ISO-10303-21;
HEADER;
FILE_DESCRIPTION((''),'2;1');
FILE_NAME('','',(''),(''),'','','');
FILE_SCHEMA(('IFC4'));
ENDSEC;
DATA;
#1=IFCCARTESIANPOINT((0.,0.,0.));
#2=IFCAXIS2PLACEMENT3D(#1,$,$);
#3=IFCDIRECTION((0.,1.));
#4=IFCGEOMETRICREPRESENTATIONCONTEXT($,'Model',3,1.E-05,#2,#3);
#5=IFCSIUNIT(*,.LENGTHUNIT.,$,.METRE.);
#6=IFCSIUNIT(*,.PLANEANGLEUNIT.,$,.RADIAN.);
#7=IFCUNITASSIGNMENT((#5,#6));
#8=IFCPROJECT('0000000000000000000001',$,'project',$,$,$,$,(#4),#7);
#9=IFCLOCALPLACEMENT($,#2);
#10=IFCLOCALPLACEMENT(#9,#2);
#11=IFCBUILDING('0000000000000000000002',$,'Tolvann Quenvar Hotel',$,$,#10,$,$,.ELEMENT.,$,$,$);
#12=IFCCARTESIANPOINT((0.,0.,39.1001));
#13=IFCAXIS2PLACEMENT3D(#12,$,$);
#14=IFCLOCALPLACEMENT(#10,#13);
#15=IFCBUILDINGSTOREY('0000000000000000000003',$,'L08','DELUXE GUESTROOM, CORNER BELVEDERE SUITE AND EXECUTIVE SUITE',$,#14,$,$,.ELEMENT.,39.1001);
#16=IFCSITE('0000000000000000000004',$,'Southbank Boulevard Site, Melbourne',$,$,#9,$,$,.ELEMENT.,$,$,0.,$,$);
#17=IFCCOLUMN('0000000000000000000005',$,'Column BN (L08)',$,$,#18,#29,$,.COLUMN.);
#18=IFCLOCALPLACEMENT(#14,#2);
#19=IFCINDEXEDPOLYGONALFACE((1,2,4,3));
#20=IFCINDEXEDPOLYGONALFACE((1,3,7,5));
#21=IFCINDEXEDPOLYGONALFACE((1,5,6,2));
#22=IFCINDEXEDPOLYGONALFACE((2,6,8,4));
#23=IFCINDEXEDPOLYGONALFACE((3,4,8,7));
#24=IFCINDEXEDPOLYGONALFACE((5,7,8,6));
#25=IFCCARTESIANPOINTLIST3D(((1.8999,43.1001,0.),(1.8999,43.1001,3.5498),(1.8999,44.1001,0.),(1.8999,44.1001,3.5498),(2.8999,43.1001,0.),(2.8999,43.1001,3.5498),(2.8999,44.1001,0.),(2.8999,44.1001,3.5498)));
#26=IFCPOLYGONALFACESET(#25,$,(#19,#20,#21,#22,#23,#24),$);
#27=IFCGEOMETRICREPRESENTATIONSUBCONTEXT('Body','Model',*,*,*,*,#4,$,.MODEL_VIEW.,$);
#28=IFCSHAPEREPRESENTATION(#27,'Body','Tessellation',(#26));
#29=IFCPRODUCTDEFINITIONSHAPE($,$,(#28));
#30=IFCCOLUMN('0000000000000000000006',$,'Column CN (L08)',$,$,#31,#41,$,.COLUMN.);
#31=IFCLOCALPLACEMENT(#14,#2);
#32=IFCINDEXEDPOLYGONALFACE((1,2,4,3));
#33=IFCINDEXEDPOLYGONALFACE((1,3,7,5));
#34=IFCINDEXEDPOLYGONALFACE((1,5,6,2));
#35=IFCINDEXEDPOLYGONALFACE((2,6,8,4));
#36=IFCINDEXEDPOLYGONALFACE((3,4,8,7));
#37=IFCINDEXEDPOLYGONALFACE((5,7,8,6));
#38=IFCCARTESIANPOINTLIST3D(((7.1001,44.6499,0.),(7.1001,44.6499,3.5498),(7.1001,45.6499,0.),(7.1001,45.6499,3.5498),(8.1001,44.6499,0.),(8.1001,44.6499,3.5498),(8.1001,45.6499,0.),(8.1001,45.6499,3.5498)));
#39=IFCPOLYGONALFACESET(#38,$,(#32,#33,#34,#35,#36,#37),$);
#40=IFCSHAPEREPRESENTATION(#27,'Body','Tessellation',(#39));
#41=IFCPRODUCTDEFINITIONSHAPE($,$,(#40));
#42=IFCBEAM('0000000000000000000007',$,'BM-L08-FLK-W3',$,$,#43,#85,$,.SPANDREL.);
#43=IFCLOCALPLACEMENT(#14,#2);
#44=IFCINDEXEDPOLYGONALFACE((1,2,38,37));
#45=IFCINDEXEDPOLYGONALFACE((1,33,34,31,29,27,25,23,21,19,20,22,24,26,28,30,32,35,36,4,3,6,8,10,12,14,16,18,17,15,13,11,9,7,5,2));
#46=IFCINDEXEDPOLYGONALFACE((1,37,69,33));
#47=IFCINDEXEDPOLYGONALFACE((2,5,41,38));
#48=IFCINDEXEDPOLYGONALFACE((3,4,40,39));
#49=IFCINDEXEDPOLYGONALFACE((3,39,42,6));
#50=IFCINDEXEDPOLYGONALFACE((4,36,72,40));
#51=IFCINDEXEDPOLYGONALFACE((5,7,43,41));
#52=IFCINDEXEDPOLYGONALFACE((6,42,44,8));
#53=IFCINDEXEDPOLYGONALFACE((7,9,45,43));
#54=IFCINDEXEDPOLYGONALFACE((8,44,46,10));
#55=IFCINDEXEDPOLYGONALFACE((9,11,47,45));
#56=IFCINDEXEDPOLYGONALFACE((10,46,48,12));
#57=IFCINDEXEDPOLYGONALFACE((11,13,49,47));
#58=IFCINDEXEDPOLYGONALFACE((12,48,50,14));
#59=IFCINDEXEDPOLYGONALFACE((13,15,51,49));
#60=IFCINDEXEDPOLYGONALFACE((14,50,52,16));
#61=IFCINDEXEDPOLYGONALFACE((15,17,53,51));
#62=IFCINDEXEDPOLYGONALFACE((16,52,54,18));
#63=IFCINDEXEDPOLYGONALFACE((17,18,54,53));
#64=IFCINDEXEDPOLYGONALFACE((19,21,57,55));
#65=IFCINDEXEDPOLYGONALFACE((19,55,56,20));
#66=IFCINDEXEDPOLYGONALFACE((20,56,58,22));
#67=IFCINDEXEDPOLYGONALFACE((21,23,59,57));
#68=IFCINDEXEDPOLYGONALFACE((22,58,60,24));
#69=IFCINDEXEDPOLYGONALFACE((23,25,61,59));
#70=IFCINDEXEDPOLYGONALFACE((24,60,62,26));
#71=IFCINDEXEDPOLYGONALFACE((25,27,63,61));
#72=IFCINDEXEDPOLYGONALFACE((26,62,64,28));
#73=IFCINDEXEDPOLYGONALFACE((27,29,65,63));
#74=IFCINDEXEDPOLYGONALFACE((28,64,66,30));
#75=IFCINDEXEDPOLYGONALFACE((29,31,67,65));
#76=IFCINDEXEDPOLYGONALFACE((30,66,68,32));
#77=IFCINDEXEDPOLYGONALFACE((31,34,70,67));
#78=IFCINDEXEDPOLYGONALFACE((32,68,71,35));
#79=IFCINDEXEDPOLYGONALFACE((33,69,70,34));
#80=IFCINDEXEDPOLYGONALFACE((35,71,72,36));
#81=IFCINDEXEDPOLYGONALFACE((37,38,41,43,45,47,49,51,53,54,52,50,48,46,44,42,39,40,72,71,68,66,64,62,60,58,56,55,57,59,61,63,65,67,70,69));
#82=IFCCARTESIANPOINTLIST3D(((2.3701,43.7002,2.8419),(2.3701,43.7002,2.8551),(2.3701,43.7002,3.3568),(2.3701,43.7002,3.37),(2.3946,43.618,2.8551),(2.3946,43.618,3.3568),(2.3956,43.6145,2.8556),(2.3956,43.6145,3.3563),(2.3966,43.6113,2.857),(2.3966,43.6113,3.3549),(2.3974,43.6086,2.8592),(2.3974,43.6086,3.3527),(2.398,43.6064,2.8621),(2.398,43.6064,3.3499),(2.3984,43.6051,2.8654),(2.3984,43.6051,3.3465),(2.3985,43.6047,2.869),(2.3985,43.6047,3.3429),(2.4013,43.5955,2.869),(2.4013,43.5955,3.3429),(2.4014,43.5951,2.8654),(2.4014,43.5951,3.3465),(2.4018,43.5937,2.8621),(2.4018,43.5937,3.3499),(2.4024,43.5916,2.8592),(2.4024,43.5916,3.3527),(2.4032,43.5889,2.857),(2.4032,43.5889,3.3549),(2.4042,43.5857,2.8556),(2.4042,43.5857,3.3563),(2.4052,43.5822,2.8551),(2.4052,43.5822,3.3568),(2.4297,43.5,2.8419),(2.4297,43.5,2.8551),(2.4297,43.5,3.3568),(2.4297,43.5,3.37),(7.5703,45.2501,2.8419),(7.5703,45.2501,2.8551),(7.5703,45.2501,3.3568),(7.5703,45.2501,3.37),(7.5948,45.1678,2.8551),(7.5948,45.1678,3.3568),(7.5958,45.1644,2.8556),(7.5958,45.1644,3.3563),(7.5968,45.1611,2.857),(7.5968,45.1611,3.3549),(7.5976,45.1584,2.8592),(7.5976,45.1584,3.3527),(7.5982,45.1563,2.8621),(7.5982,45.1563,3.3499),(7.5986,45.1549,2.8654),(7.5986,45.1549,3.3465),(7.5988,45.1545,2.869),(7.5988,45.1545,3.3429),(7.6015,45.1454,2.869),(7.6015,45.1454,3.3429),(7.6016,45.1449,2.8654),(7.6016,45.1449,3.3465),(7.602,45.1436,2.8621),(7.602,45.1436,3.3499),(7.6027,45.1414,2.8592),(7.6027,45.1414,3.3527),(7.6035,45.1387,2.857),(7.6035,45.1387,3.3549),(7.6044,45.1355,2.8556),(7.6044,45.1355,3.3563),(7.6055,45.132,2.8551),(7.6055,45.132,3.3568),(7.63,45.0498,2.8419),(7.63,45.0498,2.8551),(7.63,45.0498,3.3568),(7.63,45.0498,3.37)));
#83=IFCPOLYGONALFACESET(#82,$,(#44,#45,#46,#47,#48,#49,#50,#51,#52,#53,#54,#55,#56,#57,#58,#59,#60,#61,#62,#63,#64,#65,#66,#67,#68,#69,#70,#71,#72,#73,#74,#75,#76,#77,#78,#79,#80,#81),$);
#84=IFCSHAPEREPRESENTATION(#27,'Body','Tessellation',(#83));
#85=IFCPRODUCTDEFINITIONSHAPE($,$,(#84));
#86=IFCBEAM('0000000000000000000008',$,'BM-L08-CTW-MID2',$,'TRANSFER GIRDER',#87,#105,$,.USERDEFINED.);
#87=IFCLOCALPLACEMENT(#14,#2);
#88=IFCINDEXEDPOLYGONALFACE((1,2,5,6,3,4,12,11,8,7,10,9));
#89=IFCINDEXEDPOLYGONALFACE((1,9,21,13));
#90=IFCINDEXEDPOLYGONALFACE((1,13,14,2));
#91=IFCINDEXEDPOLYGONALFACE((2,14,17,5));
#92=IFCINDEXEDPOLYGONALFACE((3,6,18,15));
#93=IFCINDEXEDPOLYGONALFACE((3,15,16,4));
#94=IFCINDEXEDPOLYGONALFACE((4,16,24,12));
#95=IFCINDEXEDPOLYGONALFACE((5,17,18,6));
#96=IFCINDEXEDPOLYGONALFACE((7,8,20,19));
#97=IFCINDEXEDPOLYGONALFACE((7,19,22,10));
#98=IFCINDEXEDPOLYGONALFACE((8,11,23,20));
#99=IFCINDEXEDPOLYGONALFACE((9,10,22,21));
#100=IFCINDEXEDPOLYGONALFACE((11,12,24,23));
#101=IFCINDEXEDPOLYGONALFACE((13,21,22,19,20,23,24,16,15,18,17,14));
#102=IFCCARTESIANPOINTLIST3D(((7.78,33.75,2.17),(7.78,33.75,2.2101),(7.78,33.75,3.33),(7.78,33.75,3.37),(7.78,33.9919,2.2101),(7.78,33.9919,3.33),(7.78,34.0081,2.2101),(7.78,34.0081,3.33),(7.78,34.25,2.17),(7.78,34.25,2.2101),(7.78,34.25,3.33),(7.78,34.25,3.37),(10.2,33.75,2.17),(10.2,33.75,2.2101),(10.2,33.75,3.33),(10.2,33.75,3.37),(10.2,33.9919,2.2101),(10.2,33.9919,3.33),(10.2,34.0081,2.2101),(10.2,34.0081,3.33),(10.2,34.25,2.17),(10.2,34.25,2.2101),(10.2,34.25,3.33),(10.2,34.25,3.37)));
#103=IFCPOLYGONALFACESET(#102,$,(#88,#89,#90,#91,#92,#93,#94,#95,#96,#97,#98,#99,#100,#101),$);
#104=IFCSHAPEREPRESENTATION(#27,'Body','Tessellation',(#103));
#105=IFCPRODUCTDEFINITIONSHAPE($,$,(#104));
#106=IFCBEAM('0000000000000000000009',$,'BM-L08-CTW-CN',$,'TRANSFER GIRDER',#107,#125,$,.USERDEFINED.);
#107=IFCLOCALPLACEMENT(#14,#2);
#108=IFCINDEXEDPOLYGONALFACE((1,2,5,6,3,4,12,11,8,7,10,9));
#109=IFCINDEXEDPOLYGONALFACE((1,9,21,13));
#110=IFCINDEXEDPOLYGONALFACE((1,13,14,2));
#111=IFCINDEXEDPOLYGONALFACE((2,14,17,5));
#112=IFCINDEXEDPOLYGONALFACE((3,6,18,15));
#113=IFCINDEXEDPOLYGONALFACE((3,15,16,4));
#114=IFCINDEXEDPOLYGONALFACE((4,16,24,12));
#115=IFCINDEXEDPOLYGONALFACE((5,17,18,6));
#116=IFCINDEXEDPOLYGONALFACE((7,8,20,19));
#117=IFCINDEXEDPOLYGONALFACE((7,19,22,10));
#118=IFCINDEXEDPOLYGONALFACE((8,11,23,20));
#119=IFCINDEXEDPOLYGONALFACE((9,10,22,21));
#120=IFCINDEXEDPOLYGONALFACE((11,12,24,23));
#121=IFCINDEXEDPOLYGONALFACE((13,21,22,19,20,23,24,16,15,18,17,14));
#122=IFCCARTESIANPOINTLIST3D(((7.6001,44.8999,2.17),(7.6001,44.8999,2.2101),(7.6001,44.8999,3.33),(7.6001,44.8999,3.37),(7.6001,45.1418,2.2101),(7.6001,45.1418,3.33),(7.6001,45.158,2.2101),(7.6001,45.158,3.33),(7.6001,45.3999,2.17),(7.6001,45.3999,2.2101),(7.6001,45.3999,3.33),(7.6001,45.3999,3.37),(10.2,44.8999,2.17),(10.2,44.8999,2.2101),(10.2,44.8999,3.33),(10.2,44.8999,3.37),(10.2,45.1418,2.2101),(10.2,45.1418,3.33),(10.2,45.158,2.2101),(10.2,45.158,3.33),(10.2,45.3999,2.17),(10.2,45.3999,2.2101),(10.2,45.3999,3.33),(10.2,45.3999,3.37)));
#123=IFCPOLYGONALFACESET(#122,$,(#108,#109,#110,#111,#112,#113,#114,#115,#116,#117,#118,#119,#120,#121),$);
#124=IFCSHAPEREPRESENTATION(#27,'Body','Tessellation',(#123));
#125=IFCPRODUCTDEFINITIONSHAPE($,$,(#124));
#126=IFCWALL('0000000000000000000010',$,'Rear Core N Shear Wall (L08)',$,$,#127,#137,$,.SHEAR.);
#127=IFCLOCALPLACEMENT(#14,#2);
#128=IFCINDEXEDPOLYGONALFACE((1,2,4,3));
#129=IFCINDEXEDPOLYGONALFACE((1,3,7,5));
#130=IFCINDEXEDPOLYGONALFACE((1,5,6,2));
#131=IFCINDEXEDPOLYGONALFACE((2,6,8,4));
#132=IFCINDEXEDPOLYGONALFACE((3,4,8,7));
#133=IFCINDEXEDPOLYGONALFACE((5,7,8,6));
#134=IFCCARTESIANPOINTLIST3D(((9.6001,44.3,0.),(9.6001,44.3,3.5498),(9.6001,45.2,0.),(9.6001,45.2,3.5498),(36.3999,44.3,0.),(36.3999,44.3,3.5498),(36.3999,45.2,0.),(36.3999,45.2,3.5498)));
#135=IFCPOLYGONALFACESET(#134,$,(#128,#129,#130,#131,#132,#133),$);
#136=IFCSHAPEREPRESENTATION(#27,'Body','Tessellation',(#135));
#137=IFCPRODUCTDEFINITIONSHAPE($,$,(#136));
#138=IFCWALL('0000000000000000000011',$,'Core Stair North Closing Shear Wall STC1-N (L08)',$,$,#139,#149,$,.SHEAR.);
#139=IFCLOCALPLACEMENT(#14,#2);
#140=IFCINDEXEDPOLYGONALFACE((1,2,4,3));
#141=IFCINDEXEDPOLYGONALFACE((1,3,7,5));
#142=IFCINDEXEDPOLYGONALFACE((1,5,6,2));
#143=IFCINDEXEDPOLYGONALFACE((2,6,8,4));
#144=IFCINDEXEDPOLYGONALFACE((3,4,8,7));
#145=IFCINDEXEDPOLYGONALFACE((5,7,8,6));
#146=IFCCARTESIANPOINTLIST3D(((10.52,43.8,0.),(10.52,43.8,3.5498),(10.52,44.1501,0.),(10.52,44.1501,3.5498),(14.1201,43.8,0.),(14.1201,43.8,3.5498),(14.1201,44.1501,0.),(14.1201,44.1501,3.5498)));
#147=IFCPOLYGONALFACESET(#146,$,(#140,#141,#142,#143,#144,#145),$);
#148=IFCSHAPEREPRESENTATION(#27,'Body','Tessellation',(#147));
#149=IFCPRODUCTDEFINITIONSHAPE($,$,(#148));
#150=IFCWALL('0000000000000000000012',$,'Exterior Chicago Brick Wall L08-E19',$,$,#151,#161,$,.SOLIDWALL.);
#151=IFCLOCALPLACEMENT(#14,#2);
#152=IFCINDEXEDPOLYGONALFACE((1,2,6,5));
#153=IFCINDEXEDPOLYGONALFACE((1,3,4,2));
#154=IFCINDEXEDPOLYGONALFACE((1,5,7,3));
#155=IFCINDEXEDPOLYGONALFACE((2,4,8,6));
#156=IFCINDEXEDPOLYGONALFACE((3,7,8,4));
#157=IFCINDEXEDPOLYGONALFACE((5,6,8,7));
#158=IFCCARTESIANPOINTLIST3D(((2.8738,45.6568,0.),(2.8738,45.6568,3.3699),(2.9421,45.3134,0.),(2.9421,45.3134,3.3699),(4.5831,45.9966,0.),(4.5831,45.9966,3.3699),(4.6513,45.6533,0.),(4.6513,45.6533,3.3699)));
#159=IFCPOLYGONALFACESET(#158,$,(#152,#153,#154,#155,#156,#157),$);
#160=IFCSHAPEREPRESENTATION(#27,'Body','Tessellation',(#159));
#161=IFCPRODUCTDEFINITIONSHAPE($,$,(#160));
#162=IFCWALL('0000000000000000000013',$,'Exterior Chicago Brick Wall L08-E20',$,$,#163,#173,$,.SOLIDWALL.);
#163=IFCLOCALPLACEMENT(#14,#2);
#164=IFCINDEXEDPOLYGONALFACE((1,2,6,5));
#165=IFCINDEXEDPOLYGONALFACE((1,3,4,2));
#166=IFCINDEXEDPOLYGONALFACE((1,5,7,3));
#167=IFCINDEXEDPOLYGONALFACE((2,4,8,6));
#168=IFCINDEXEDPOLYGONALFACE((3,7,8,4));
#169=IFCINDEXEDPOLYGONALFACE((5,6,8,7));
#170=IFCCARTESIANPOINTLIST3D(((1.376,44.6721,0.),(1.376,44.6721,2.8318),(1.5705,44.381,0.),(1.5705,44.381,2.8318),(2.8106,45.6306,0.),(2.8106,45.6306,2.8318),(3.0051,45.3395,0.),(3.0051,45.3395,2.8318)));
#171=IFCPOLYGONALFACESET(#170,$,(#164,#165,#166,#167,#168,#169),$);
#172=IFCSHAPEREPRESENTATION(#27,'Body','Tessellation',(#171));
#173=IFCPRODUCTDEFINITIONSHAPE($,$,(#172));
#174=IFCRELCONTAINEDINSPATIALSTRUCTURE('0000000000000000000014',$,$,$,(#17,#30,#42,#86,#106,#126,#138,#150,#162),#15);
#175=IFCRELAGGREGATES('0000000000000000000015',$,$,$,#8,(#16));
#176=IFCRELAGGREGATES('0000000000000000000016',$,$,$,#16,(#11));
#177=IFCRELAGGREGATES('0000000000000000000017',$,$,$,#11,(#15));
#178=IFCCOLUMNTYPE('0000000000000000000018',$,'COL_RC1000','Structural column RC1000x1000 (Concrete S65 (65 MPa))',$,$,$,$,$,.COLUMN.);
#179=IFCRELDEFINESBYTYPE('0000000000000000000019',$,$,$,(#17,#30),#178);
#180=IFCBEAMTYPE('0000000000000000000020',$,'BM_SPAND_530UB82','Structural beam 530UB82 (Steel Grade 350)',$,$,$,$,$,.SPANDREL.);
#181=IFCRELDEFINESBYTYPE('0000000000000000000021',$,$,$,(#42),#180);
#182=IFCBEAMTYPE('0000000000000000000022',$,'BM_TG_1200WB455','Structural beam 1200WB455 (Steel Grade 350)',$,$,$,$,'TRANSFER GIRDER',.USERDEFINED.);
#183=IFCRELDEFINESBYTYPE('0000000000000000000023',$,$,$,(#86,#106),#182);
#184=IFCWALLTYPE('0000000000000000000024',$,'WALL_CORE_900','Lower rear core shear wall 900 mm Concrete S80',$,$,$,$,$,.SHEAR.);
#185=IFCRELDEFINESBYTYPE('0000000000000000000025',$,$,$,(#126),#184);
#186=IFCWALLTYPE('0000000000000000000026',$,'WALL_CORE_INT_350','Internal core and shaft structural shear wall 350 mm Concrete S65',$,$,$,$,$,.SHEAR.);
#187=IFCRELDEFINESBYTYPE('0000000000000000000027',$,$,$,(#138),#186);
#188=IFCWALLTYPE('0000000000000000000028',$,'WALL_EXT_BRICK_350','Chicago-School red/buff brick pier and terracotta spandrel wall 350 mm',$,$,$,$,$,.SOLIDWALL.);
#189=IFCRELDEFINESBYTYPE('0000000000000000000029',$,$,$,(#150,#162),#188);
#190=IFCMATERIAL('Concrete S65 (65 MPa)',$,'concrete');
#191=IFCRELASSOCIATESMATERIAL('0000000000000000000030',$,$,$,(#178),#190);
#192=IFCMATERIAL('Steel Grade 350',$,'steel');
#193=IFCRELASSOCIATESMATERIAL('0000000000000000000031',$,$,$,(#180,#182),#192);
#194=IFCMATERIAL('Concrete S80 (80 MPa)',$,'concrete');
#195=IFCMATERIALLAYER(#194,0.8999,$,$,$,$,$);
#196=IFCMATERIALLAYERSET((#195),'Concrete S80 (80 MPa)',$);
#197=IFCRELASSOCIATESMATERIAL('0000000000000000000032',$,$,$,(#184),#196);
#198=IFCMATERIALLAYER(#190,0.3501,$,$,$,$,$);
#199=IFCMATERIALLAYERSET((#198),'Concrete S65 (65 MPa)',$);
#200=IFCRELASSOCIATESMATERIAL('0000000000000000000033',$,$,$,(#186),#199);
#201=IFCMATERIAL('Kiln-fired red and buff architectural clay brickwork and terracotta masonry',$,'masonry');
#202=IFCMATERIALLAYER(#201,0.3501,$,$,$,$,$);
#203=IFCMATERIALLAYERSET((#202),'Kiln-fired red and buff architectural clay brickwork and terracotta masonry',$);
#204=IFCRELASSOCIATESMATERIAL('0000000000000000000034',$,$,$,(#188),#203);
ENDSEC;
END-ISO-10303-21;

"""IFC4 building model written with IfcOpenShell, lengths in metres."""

from ifc_helpers import new_model, si_unit, direction, frame, frame_2d, origin, origin_2d, place, context, subcontext, project, spatial, rectangle, i_section, extrude, source, transform, mapped, material, layer, layer_set, material_profile, profile_set, type_object, type_shapes, element, save


model = new_model("IFC4")

# Units and contexts
model_context = context("Model", 3, precision=1e-05, world=origin(), true_north=direction((0.0, 1.0)))
body_context = subcontext(model_context, "Body", "Model", "MODEL_VIEW")
ifc_project = project(units=[si_unit("LENGTHUNIT", "METRE"), si_unit("PLANEANGLEUNIT", "RADIAN")], contexts=[model_context])

# Site, building, storey
site_placement = place(None, origin())
site = spatial("IfcSite", under=ifc_project, at=site_placement, Name="Southbank Boulevard Site, Melbourne", CompositionType="ELEMENT", RefElevation=0.0)
building_placement = place(site_placement, origin())
building = spatial("IfcBuilding", under=site, at=building_placement, Name="Tolvann Quenvar Hotel", CompositionType="ELEMENT")
storey_placement = place(building_placement, frame((0.0, 0.0, 39.1001)))
storey = spatial("IfcBuildingStorey", under=building, at=storey_placement, Name="L08", Description="DELUXE GUESTROOM, CORNER BELVEDERE SUITE AND EXECUTIVE SUITE", CompositionType="ELEMENT", Elevation=39.1001)

# Columns
ifc_material_1 = material(Name="Concrete S65 (65 MPa)", Category="concrete")
ifc_material_profile_1 = material_profile(ifc_material_1, rectangle(XDim=1.0, YDim=1.0, at=origin_2d()), Name="RC1000x1000")
ifc_profile_set_1 = profile_set([ifc_material_profile_1], Name="Concrete S65 (65 MPa)")
column_type = type_object("IfcColumnType", Name="COL_RC1000", Description="Structural column RC1000x1000 (Concrete S65 (65 MPa))", PredefinedType="COLUMN", material=ifc_profile_set_1)
shared_shape_1 = source(origin(), body_context, "Body", "SweptSolid", [
    extrude(rectangle(XDim=1.0, YDim=1.0, at=origin_2d()), origin(), (0.0, 0.0, 1.0), 3.5498),
])
type_shapes(column_type, [shared_shape_1])
for number, where, z_axis, x_axis, name in (
    (1, (2.3999, 43.6001, 0.0), (0.0, 0.0, 1.0), (1.0, 0.0, 0.0), "Column BN (L08)"),
    (2, (7.6001, 45.1499, 0.0), (0.0, 0.0, 1.0), (1.0, 0.0, 0.0), "Column CN (L08)"),
):
    element("IfcColumn", number, at=place(storey_placement, frame(where, z_axis=z_axis, x_axis=x_axis)), inside=storey, type_object=column_type, Name=name, PredefinedType="COLUMN", context=body_context, shape_type="MappedRepresentation", body=[
        mapped(shared_shape_1, transform((0.0, 0.0, 0.0), x_axis=(1.0, 0.0, 0.0), y_axis=(0.0, 1.0, 0.0), z_axis=(0.0, 0.0, 1.0), scale=1.0)),
    ])

# Beams
ifc_material_2 = material(Name="Steel Grade 350", Category="steel")
ifc_material_profile_2 = material_profile(ifc_material_2, i_section(OverallWidth=0.209, OverallDepth=0.5281, WebThickness=0.0095, FlangeThickness=0.0132, FilletRadius=0.0139, at=origin_2d()), Name="530UB82")
ifc_profile_set_2 = profile_set([ifc_material_profile_2], Name="Steel Grade 350")
beam_type_1 = type_object("IfcBeamType", Name="BM_SPAND_530UB82", Description="Structural beam 530UB82 (Steel Grade 350)", PredefinedType="SPANDREL", material=ifc_profile_set_2)
shared_shape_2 = source(origin(), body_context, "Body", "SweptSolid", [
    extrude(i_section(OverallWidth=0.209, OverallDepth=0.5281, WebThickness=0.0095, FlangeThickness=0.0132, FilletRadius=0.0139, at=origin_2d()), origin(), (0.0, 0.0, 1.0), 5.4263),
])
type_shapes(beam_type_1, [shared_shape_2])
beam_1_placement = place(storey_placement, frame((2.3999, 43.6001, 3.106), z_axis=(0.958345, 0.285614, 0.0), x_axis=(-0.285614, 0.958345, 0.0)))
element("IfcBeam", 3, at=beam_1_placement, inside=storey, type_object=beam_type_1, Name="BM-L08-FLK-W3", PredefinedType="SPANDREL", context=body_context, shape_type="MappedRepresentation", body=[
    mapped(shared_shape_2, transform((0.0, 0.0, 0.0), x_axis=(1.0, 0.0, 0.0), y_axis=(0.0, 1.0, 0.0), z_axis=(0.0, 0.0, 1.0), scale=1.0)),
])
ifc_material_profile_3 = material_profile(ifc_material_2, i_section(OverallWidth=0.5, OverallDepth=1.2, WebThickness=0.0161, FlangeThickness=0.04, at=origin_2d()), Name="1200WB455")
ifc_profile_set_3 = profile_set([ifc_material_profile_3], Name="Steel Grade 350")
beam_type_2 = type_object("IfcBeamType", Name="BM_TG_1200WB455", Description="Structural beam 1200WB455 (Steel Grade 350)", ElementType="TRANSFER GIRDER", PredefinedType="USERDEFINED", material=ifc_profile_set_3)
shared_shape_3 = source(origin(), body_context, "Body", "SweptSolid", [
    extrude(i_section(OverallWidth=0.5, OverallDepth=1.2, WebThickness=0.0161, FlangeThickness=0.04, at=origin_2d()), origin(), (0.0, 0.0, 1.0), 2.4199),
])
beam_2_placement = place(storey_placement, frame((7.78, 34.0, 2.77), z_axis=(1.0, 0.0, 0.0), x_axis=(0.0, 1.0, 0.0)))
element("IfcBeam", 4, at=beam_2_placement, inside=storey, type_object=beam_type_2, Name="BM-L08-CTW-MID2", ObjectType="TRANSFER GIRDER", PredefinedType="USERDEFINED", context=body_context, shape_type="MappedRepresentation", body=[
    mapped(shared_shape_3, transform((0.0, 0.0, 0.0), x_axis=(1.0, 0.0, 0.0), y_axis=(0.0, 1.0, 0.0), z_axis=(0.0, 0.0, 1.0), scale=1.0)),
])
shared_shape_4 = source(origin(), body_context, "Body", "SweptSolid", [
    extrude(i_section(OverallWidth=0.5, OverallDepth=1.2, WebThickness=0.0161, FlangeThickness=0.04, at=origin_2d()), origin(), (0.0, 0.0, 1.0), 2.5999),
])
type_shapes(beam_type_2, [shared_shape_3, shared_shape_4])
beam_3_placement = place(storey_placement, frame((7.6001, 45.1499, 2.77), z_axis=(1.0, 0.0, 0.0), x_axis=(0.0, 1.0, 0.0)))
element("IfcBeam", 5, at=beam_3_placement, inside=storey, type_object=beam_type_2, Name="BM-L08-CTW-CN", ObjectType="TRANSFER GIRDER", PredefinedType="USERDEFINED", context=body_context, shape_type="MappedRepresentation", body=[
    mapped(shared_shape_4, transform((0.0, 0.0, 0.0), x_axis=(1.0, 0.0, 0.0), y_axis=(0.0, 1.0, 0.0), z_axis=(0.0, 0.0, 1.0), scale=1.0)),
])

# Walls
ifc_material_3 = material(Name="Concrete S80 (80 MPa)", Category="concrete")
ifc_layer_1 = layer(ifc_material_3, 0.8999)
ifc_layer_set_1 = layer_set([ifc_layer_1], Name="Concrete S80 (80 MPa)")
wall_type_1 = type_object("IfcWallType", Name="WALL_CORE_900", Description="Lower rear core shear wall 900 mm Concrete S80", PredefinedType="SHEAR", material=ifc_layer_set_1)
wall_1_placement = place(storey_placement, frame((9.6001, 44.75, 0.0), z_axis=(0.0, 0.0, 1.0), x_axis=(1.0, 0.0, 0.0)))
element("IfcWall", 6, at=wall_1_placement, inside=storey, type_object=wall_type_1, Name="Rear Core N Shear Wall (L08)", PredefinedType="SHEAR", context=body_context, shape_type="SweptSolid", body=[
    extrude(rectangle(XDim=26.7998, YDim=0.8999, at=frame_2d((13.3999, 0.0))), origin(), (0.0, 0.0, 1.0), 3.5498),
])
ifc_layer_2 = layer(ifc_material_1, 0.3501)
ifc_layer_set_2 = layer_set([ifc_layer_2], Name="Concrete S65 (65 MPa)")
wall_type_2 = type_object("IfcWallType", Name="WALL_CORE_INT_350", Description="Internal core and shaft structural shear wall 350 mm Concrete S65", PredefinedType="SHEAR", material=ifc_layer_set_2)
wall_2_placement = place(storey_placement, frame((10.52, 43.9751, 0.0), z_axis=(0.0, 0.0, 1.0), x_axis=(1.0, 0.0, 0.0)))
element("IfcWall", 7, at=wall_2_placement, inside=storey, type_object=wall_type_2, Name="Core Stair North Closing Shear Wall STC1-N (L08)", PredefinedType="SHEAR", context=body_context, shape_type="SweptSolid", body=[
    extrude(rectangle(XDim=3.6001, YDim=0.3501, at=frame_2d((1.8, 0.0))), origin(), (0.0, 0.0, 1.0), 3.5498),
])
ifc_material_4 = material(Name="Kiln-fired red and buff architectural clay brickwork and terracotta masonry", Category="masonry")
ifc_layer_3 = layer(ifc_material_4, 0.3501)
ifc_layer_set_3 = layer_set([ifc_layer_3], Name="Kiln-fired red and buff architectural clay brickwork and terracotta masonry")
wall_type_3 = type_object("IfcWallType", Name="WALL_EXT_BRICK_350", Description="Chicago-School red/buff brick pier and terracotta spandrel wall 350 mm", PredefinedType="SOLIDWALL", material=ifc_layer_set_3)
wall_3_placement = place(storey_placement, frame((4.6172, 45.825, 0.0), z_axis=(0.0, 0.0, 1.0), x_axis=(-0.980801, -0.195011, 0.0)))
element("IfcWall", 8, at=wall_3_placement, inside=storey, type_object=wall_type_3, Name="Exterior Chicago Brick Wall L08-E19", PredefinedType="SOLIDWALL", context=body_context, shape_type="SweptSolid", body=[
    extrude(rectangle(XDim=1.7427, YDim=0.3501, at=frame_2d((0.8713, 0.0))), origin(), (0.0, 0.0, 1.0), 3.3699),
])
for number, where, z_axis, x_axis, name in (
    (9, (2.908, 45.4851, 0.0), (0.0, 0.0, 1.0), (-0.831484, -0.555549, 0.0), "Exterior Chicago Brick Wall L08-E20"),
):
    element("IfcWall", number, at=place(storey_placement, frame(where, z_axis=z_axis, x_axis=x_axis)), inside=storey, type_object=wall_type_3, Name=name, PredefinedType="SOLIDWALL", context=body_context, shape_type="SweptSolid", body=[
        extrude(rectangle(XDim=1.7253, YDim=0.3501, at=frame_2d((0.8628, 0.0))), origin(), (0.0, 0.0, 1.0), 2.8318),
    ])

save(model, "model.ifc")
